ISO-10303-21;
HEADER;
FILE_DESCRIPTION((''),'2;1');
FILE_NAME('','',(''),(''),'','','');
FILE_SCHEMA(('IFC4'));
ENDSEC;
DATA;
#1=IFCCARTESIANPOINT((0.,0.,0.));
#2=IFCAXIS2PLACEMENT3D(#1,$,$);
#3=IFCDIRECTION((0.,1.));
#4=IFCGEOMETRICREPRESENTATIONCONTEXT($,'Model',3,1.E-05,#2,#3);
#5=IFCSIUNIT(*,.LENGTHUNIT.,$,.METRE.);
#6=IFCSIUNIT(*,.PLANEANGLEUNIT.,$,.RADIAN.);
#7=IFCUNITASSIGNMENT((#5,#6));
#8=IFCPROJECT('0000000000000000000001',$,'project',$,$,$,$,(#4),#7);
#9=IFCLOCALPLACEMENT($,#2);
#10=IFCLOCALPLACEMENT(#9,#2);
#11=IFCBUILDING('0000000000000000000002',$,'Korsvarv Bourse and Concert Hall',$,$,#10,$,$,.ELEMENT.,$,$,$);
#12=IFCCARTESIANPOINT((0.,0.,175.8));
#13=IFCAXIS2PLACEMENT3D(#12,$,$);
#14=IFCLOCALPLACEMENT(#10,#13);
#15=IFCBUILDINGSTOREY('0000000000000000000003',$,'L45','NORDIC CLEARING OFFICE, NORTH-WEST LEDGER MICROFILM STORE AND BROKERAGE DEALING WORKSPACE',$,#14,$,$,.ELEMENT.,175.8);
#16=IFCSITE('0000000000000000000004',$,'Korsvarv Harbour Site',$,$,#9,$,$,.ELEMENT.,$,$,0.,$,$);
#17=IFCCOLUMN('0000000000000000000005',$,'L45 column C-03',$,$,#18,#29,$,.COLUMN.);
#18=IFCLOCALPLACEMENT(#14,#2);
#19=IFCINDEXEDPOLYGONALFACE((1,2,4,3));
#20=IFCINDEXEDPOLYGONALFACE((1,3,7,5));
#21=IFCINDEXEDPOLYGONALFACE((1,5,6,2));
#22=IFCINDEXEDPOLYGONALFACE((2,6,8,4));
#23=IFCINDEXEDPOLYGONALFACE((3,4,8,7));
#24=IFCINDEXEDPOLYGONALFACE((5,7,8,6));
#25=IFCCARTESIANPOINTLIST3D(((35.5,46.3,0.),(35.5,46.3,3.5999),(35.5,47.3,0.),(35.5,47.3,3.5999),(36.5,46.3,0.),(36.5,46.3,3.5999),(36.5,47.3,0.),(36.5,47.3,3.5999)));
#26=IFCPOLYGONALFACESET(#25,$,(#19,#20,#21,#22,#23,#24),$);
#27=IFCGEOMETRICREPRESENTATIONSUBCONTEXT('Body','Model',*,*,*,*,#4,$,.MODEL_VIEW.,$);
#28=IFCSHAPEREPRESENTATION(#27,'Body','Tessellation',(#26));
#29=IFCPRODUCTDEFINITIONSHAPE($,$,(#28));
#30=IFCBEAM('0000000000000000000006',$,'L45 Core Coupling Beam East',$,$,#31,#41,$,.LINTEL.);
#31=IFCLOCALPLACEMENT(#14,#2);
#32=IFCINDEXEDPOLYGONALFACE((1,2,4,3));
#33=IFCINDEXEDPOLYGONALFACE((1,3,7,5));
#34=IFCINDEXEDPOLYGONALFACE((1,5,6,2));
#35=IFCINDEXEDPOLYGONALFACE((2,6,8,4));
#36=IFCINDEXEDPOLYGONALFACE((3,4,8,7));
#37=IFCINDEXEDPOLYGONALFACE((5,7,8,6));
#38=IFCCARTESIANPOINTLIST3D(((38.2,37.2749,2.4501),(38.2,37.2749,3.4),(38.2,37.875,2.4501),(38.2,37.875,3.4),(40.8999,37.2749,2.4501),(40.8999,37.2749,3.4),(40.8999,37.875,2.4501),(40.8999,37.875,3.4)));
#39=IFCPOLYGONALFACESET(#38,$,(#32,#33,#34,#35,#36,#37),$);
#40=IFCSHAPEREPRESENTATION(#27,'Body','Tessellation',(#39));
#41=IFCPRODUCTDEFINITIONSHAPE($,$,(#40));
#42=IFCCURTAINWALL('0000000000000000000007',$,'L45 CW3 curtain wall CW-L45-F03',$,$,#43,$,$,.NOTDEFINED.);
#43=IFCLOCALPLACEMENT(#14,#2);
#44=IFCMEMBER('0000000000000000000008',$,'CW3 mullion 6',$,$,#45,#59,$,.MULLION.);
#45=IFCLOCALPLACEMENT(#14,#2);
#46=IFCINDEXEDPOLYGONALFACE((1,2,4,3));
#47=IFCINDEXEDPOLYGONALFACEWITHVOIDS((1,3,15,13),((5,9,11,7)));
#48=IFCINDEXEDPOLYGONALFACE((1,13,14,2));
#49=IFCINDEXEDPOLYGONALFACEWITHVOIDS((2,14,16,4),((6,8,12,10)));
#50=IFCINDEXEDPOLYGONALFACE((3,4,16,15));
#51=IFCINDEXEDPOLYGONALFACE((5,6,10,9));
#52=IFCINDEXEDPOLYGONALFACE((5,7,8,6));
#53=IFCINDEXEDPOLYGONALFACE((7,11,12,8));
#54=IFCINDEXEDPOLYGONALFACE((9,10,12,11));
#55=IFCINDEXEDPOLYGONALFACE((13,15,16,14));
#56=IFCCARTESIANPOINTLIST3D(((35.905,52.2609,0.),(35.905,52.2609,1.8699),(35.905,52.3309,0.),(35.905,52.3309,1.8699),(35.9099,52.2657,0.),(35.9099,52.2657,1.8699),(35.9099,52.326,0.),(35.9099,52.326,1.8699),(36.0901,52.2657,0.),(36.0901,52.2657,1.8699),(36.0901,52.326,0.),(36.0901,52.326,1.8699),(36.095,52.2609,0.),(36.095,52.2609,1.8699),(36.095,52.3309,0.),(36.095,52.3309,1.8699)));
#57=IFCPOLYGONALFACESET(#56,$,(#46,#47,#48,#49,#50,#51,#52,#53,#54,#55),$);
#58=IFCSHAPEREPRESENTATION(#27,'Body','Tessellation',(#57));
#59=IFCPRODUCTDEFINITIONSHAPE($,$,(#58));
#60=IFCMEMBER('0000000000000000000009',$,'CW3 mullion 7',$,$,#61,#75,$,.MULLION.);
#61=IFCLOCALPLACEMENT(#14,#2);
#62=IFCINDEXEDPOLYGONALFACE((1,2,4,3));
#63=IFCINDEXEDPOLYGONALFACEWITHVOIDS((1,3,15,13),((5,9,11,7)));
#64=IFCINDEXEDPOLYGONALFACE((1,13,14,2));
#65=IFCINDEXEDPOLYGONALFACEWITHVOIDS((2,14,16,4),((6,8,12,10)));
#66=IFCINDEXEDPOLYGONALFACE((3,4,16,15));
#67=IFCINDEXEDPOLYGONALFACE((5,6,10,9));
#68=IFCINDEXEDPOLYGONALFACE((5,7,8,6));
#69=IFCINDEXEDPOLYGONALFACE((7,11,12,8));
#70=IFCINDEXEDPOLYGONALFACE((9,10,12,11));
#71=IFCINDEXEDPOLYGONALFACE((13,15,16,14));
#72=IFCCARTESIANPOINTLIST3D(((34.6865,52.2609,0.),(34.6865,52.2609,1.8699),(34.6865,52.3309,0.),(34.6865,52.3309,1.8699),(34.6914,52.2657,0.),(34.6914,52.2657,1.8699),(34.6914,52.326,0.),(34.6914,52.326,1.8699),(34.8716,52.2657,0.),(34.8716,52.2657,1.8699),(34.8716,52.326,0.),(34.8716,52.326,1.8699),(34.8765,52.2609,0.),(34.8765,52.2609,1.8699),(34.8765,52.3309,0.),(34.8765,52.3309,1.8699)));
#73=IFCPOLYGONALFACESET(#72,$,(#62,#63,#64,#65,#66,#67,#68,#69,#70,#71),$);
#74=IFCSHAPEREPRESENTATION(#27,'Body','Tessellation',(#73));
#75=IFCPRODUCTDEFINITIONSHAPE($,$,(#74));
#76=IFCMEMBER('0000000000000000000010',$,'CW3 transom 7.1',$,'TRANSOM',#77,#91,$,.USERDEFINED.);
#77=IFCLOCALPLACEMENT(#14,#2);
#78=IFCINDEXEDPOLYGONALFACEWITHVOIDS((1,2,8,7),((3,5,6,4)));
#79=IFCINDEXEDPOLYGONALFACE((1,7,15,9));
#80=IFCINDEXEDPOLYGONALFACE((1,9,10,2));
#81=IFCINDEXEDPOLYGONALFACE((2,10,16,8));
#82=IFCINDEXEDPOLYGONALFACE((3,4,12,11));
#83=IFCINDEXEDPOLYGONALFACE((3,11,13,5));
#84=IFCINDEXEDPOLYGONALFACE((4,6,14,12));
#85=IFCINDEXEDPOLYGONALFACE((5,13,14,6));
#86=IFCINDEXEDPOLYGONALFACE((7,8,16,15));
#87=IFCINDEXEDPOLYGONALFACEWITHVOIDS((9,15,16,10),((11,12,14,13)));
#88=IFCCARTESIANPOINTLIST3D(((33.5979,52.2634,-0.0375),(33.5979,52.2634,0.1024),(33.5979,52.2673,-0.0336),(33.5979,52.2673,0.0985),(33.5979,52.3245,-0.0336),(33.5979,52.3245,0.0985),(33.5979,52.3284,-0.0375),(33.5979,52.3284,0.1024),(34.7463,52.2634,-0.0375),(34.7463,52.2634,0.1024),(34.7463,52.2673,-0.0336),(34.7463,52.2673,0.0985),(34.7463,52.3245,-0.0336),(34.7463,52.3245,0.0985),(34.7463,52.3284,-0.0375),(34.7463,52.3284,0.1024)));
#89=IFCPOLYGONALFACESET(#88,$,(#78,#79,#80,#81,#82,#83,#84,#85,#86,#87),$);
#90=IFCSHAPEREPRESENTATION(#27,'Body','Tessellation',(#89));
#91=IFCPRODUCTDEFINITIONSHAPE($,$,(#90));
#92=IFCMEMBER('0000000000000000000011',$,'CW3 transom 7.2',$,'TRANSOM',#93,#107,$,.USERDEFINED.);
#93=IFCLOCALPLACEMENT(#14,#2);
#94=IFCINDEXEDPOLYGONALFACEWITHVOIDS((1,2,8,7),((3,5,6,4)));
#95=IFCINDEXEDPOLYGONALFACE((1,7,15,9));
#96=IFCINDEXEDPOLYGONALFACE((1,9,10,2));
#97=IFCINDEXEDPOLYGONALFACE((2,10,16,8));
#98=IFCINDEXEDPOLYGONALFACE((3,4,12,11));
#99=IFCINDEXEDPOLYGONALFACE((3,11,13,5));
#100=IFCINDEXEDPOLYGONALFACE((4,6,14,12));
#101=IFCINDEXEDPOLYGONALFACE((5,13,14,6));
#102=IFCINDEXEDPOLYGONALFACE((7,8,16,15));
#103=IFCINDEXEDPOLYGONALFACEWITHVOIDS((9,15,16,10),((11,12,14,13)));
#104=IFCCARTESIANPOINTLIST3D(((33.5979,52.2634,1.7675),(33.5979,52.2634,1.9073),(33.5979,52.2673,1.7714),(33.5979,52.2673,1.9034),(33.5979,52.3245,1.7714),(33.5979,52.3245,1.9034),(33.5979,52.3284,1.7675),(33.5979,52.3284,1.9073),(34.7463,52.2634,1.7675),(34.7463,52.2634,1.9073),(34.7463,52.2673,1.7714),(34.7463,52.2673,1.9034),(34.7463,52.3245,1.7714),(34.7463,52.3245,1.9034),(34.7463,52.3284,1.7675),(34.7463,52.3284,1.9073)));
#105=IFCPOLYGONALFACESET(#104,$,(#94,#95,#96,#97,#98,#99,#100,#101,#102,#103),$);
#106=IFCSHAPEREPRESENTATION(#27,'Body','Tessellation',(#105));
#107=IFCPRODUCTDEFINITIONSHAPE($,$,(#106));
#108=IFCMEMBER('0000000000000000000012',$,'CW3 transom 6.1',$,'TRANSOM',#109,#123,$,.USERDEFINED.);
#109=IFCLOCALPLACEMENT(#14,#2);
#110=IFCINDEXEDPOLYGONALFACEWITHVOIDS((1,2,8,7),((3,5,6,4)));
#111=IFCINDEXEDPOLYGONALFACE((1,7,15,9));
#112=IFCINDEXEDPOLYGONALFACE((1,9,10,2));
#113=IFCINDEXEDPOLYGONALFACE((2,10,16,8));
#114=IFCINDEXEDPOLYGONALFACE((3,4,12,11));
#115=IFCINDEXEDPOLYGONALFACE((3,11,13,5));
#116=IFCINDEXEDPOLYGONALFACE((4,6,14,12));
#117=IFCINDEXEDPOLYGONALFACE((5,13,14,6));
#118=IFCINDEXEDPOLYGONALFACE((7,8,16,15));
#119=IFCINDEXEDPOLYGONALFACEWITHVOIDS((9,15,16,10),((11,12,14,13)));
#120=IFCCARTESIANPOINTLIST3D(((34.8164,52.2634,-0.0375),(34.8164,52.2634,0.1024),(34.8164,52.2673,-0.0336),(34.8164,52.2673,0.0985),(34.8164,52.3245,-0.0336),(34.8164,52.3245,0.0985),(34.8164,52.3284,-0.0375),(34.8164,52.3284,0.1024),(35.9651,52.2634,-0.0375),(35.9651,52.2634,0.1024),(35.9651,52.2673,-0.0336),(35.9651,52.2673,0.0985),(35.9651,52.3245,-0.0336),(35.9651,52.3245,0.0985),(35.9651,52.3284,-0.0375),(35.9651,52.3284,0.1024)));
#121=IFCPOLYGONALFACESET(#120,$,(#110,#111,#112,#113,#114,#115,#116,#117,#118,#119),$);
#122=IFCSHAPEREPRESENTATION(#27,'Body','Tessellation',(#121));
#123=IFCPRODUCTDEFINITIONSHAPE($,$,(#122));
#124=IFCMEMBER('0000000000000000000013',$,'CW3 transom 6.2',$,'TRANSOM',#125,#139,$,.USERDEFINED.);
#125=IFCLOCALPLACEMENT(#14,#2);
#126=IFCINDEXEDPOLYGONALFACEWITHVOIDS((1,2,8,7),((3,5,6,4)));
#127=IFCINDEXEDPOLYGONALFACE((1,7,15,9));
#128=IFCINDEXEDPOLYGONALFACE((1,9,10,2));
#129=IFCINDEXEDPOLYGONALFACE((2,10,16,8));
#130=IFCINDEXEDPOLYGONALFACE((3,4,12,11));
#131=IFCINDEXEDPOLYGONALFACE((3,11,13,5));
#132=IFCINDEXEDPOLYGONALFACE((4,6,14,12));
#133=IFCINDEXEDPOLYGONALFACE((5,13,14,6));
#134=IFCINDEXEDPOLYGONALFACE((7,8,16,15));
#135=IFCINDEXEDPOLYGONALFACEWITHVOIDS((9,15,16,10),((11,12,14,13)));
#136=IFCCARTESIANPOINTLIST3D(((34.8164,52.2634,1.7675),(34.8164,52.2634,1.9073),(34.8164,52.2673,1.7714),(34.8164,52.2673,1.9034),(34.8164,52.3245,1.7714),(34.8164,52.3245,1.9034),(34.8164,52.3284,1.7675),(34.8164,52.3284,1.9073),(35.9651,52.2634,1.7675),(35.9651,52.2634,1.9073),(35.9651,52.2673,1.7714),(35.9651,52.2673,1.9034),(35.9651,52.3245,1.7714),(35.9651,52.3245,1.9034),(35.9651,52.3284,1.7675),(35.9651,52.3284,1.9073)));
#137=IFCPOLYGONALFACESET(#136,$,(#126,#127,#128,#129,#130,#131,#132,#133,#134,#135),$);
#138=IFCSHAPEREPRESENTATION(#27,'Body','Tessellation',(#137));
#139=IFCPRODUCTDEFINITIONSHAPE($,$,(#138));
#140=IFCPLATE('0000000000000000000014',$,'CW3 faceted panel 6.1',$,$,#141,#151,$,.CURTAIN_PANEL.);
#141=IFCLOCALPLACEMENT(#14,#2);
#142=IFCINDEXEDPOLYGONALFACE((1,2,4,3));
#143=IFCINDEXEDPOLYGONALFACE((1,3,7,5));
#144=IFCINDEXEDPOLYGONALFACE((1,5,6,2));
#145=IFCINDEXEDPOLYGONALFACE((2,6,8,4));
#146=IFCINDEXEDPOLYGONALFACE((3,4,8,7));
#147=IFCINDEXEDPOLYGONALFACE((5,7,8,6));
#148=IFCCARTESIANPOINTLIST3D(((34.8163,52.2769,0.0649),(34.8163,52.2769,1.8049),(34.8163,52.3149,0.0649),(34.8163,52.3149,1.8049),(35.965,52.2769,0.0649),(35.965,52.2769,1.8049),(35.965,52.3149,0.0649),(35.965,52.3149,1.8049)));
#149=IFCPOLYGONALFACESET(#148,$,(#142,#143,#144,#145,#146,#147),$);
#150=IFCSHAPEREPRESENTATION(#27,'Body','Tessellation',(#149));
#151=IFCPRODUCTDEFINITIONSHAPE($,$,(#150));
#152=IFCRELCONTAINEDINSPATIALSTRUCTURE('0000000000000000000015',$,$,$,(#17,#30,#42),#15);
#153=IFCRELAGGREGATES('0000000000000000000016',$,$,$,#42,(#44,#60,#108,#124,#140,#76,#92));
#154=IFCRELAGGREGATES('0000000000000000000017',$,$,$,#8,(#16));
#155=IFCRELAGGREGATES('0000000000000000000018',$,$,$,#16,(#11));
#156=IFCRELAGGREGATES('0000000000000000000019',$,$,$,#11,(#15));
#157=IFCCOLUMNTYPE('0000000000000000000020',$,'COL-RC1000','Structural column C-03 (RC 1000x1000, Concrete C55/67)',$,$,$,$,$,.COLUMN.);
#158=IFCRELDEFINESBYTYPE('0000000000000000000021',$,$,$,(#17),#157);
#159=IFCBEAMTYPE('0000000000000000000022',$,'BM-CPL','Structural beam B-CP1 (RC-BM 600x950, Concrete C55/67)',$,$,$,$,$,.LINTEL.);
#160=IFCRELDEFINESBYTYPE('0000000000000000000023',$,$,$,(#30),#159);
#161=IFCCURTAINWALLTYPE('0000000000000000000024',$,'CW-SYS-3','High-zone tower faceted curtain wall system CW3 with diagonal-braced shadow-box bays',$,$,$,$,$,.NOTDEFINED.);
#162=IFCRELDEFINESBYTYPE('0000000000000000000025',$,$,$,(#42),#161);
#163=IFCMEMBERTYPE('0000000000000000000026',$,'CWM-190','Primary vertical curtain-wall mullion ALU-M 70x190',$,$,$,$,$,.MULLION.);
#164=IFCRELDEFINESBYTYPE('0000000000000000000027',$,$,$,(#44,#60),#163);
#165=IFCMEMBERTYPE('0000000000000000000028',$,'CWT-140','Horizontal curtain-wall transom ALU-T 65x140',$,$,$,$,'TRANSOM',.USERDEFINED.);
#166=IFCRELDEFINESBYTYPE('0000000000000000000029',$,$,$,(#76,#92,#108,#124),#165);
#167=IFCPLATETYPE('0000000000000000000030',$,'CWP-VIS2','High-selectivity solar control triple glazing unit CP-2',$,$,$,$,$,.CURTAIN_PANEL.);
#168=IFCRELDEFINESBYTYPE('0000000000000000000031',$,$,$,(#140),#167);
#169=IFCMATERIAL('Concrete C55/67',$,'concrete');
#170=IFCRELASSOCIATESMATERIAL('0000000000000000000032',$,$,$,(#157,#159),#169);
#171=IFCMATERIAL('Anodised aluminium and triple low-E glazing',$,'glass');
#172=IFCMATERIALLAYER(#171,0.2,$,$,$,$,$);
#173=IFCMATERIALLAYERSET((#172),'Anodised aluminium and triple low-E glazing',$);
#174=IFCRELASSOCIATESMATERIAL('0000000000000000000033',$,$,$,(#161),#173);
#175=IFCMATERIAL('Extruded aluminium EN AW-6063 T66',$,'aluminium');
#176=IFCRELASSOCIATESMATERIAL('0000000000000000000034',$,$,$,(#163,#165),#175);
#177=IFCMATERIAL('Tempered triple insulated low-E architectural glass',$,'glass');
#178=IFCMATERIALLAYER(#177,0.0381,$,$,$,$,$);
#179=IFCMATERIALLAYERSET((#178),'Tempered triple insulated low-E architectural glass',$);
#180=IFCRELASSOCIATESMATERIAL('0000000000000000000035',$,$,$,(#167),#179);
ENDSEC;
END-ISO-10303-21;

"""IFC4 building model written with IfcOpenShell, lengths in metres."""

from ifc_helpers import new_model, si_unit, direction, frame, origin, origin_2d, place, context, subcontext, project, spatial, rectangle, hollow_rectangle, extrude, source, transform, mapped, material, layer, layer_set, material_profile, profile_set, type_object, element, aggregate, save


model = new_model("IFC4")

# Units and contexts
model_context = context("Model", 3, precision=1e-05, world=origin(), true_north=direction((0.0, 1.0)))
body_context = subcontext(model_context, "Body", "Model", "MODEL_VIEW")
ifc_project = project(units=[si_unit("LENGTHUNIT", "METRE"), si_unit("PLANEANGLEUNIT", "RADIAN")], contexts=[model_context])

# Site, building, storey
site_placement = place(None, origin())
site = spatial("IfcSite", under=ifc_project, at=site_placement, Name="Korsvarv Harbour Site", CompositionType="ELEMENT", RefElevation=0.0)
building_placement = place(site_placement, origin())
building = spatial("IfcBuilding", under=site, at=building_placement, Name="Korsvarv Bourse and Concert Hall", CompositionType="ELEMENT")
storey_placement = place(building_placement, frame((0.0, 0.0, 175.8)))
storey = spatial("IfcBuildingStorey", under=building, at=storey_placement, Name="L45", Description="NORDIC CLEARING OFFICE, NORTH-WEST LEDGER MICROFILM STORE AND BROKERAGE DEALING WORKSPACE", CompositionType="ELEMENT", Elevation=175.8)

# Column
ifc_material_1 = material(Name="Concrete C55/67", Category="concrete")
ifc_material_profile_1 = material_profile(ifc_material_1, rectangle(XDim=1.0, YDim=1.0, at=origin_2d()), Name="RC 1000x1000")
ifc_profile_set_1 = profile_set([ifc_material_profile_1], Name="Concrete C55/67")
column_type = type_object("IfcColumnType", Name="COL-RC1000", Description="Structural column C-03 (RC 1000x1000, Concrete C55/67)", PredefinedType="COLUMN", material=ifc_profile_set_1)
shared_shape_1 = source(origin(), body_context, "Body", "SweptSolid", [
    extrude(rectangle(XDim=1.0, YDim=1.0, at=origin_2d()), origin(), (0.0, 0.0, 1.0), 3.5999),
])
column_placement = place(storey_placement, frame((36.0, 46.8, 0.0), z_axis=(0.0, 0.0, 1.0), x_axis=(1.0, 0.0, 0.0)))
element("IfcColumn", 1, at=column_placement, inside=storey, type_object=column_type, Name="L45 column C-03", PredefinedType="COLUMN", context=body_context, shape_type="MappedRepresentation", body=[
    mapped(shared_shape_1, transform((0.0, 0.0, 0.0), scale=1.0)),
])

# Beam
ifc_material_profile_2 = material_profile(ifc_material_1, rectangle(XDim=0.6001, YDim=0.95, at=origin_2d()), Name="RC-BM 600x950")
ifc_profile_set_2 = profile_set([ifc_material_profile_2], Name="Concrete C55/67")
beam_type = type_object("IfcBeamType", Name="BM-CPL", Description="Structural beam B-CP1 (RC-BM 600x950, Concrete C55/67)", PredefinedType="LINTEL", material=ifc_profile_set_2)
shared_shape_2 = source(origin(), body_context, "Body", "SweptSolid", [
    extrude(rectangle(XDim=0.6001, YDim=0.95, at=origin_2d()), origin(), (0.0, 0.0, 1.0), 2.7),
])
beam_placement = place(storey_placement, frame((38.2, 37.575, 2.925), z_axis=(1.0, 0.0, 0.0), x_axis=(0.0, 1.0, 0.0)))
element("IfcBeam", 2, at=beam_placement, inside=storey, type_object=beam_type, Name="L45 Core Coupling Beam East", PredefinedType="LINTEL", context=body_context, shape_type="MappedRepresentation", body=[
    mapped(shared_shape_2, transform((0.0, 0.0, 0.0), scale=1.0)),
])

# Curtain wall, members, plate
ifc_material_2 = material(Name="Anodised aluminium and triple low-E glazing", Category="glass")
ifc_layer_1 = layer(ifc_material_2, 0.2)
ifc_layer_set_1 = layer_set([ifc_layer_1], Name="Anodised aluminium and triple low-E glazing")
curtain_wall_type = type_object("IfcCurtainWallType", Name="CW-SYS-3", Description="High-zone tower faceted curtain wall system CW3 with diagonal-braced shadow-box bays", PredefinedType="NOTDEFINED", material=ifc_layer_set_1)
curtain_wall_placement = place(storey_placement, origin())
curtain_wall = element("IfcCurtainWall", 3, at=curtain_wall_placement, inside=storey, type_object=curtain_wall_type, Name="L45 CW3 curtain wall CW-L45-F03", PredefinedType="NOTDEFINED")
ifc_material_3 = material(Name="Extruded aluminium EN AW-6063 T66", Category="aluminium")
ifc_material_profile_3 = material_profile(ifc_material_3, hollow_rectangle(XDim=0.0701, YDim=0.1899, WallThickness=0.0049, at=origin_2d()), Name="ALU-M 70x190")
ifc_profile_set_3 = profile_set([ifc_material_profile_3], Name="Extruded aluminium EN AW-6063 T66")
member_type_1 = type_object("IfcMemberType", Name="CWM-190", Description="Primary vertical curtain-wall mullion ALU-M 70x190", PredefinedType="MULLION", material=ifc_profile_set_3)
shared_shape_3 = source(origin(), body_context, "Body", "SweptSolid", [
    extrude(hollow_rectangle(XDim=0.0701, YDim=0.1899, WallThickness=0.0049, at=origin_2d()), origin(), (0.0, 0.0, 1.0), 1.8699),
])
member_1_placement = place(storey_placement, frame((36.0, 52.2959, 0.0), z_axis=(0.0, 0.0, 1.0), x_axis=(0.0, -1.0, 0.0)))
member_1 = element("IfcMember", 4, at=member_1_placement, type_object=member_type_1, Name="CW3 mullion 6", PredefinedType="MULLION", context=body_context, shape_type="MappedRepresentation", body=[
    mapped(shared_shape_3, transform((0.0, 0.0, 0.0), scale=1.0)),
])
member_2_placement = place(storey_placement, frame((34.7815, 52.2959, 0.0), z_axis=(0.0, 0.0, 1.0), x_axis=(0.0, -1.0, 0.0)))
member_2 = element("IfcMember", 5, at=member_2_placement, type_object=member_type_1, Name="CW3 mullion 7", PredefinedType="MULLION", context=body_context, shape_type="MappedRepresentation", body=[
    mapped(shared_shape_3, transform((0.0, 0.0, 0.0), scale=1.0)),
])
ifc_material_profile_4 = material_profile(ifc_material_3, hollow_rectangle(XDim=0.0649, YDim=0.1399, WallThickness=0.0039, at=origin_2d()), Name="ALU-T 65x140")
ifc_profile_set_4 = profile_set([ifc_material_profile_4], Name="Extruded aluminium EN AW-6063 T66")
member_type_2 = type_object("IfcMemberType", Name="CWT-140", Description="Horizontal curtain-wall transom ALU-T 65x140", ElementType="TRANSOM", PredefinedType="USERDEFINED", material=ifc_profile_set_4)
shared_shape_4 = source(origin(), body_context, "Body", "SweptSolid", [
    extrude(hollow_rectangle(XDim=0.0649, YDim=0.1399, WallThickness=0.0039, at=origin_2d()), origin(), (0.0, 0.0, 1.0), 1.1484),
])
member_3_placement = place(storey_placement, frame((34.7463, 52.2959, 0.0325), z_axis=(-1.0, 0.0, 0.0), x_axis=(0.0, -1.0, 0.0)))
member_3 = element("IfcMember", 6, at=member_3_placement, type_object=member_type_2, Name="CW3 transom 7.1", ObjectType="TRANSOM", PredefinedType="USERDEFINED", context=body_context, shape_type="MappedRepresentation", body=[
    mapped(shared_shape_4, transform((0.0, 0.0, 0.0), scale=1.0)),
])
member_4_placement = place(storey_placement, frame((34.7463, 52.2959, 1.8374), z_axis=(-1.0, 0.0, 0.0), x_axis=(0.0, -1.0, 0.0)))
member_4 = element("IfcMember", 7, at=member_4_placement, type_object=member_type_2, Name="CW3 transom 7.2", ObjectType="TRANSOM", PredefinedType="USERDEFINED", context=body_context, shape_type="MappedRepresentation", body=[
    mapped(shared_shape_4, transform((0.0, 0.0, 0.0), scale=1.0)),
])
shared_shape_5 = source(origin(), body_context, "Body", "SweptSolid", [
    extrude(hollow_rectangle(XDim=0.0649, YDim=0.1399, WallThickness=0.0039, at=origin_2d()), origin(), (0.0, 0.0, 1.0), 1.1487),
])
member_5_placement = place(storey_placement, frame((35.9651, 52.2959, 0.0325), z_axis=(-1.0, 0.0, 0.0), x_axis=(0.0, -1.0, 0.0)))
member_5 = element("IfcMember", 8, at=member_5_placement, type_object=member_type_2, Name="CW3 transom 6.1", ObjectType="TRANSOM", PredefinedType="USERDEFINED", context=body_context, shape_type="MappedRepresentation", body=[
    mapped(shared_shape_5, transform((0.0, 0.0, 0.0), scale=1.0)),
])
member_6_placement = place(storey_placement, frame((35.9651, 52.2959, 1.8374), z_axis=(-1.0, 0.0, 0.0), x_axis=(0.0, -1.0, 0.0)))
member_6 = element("IfcMember", 9, at=member_6_placement, type_object=member_type_2, Name="CW3 transom 6.2", ObjectType="TRANSOM", PredefinedType="USERDEFINED", context=body_context, shape_type="MappedRepresentation", body=[
    mapped(shared_shape_5, transform((0.0, 0.0, 0.0), scale=1.0)),
])
ifc_material_4 = material(Name="Tempered triple insulated low-E architectural glass", Category="glass")
ifc_layer_2 = layer(ifc_material_4, 0.0381)
ifc_layer_set_2 = layer_set([ifc_layer_2], Name="Tempered triple insulated low-E architectural glass")
plate_type = type_object("IfcPlateType", Name="CWP-VIS2", Description="High-selectivity solar control triple glazing unit CP-2", PredefinedType="CURTAIN_PANEL", material=ifc_layer_set_2)
shared_shape_6 = source(origin(), body_context, "Body", "SweptSolid", [
    extrude(rectangle(XDim=1.1487, YDim=0.0381, at=origin_2d()), origin(), (0.0, 0.0, 1.0), 1.74),
])
plate_placement = place(storey_placement, frame((35.3906, 52.2959, 0.0649), z_axis=(0.0, 0.0, 1.0), x_axis=(-1.0, 0.0, 0.0)))
plate = element("IfcPlate", 10, at=plate_placement, type_object=plate_type, Name="CW3 faceted panel 6.1", PredefinedType="CURTAIN_PANEL", context=body_context, shape_type="MappedRepresentation", body=[
    mapped(shared_shape_6, transform((0.0, 0.0, 0.0), scale=1.0)),
])
aggregate(curtain_wall, [member_1, member_2, member_5, member_6, plate, member_3, member_4])

save(model, "model.ifc")
